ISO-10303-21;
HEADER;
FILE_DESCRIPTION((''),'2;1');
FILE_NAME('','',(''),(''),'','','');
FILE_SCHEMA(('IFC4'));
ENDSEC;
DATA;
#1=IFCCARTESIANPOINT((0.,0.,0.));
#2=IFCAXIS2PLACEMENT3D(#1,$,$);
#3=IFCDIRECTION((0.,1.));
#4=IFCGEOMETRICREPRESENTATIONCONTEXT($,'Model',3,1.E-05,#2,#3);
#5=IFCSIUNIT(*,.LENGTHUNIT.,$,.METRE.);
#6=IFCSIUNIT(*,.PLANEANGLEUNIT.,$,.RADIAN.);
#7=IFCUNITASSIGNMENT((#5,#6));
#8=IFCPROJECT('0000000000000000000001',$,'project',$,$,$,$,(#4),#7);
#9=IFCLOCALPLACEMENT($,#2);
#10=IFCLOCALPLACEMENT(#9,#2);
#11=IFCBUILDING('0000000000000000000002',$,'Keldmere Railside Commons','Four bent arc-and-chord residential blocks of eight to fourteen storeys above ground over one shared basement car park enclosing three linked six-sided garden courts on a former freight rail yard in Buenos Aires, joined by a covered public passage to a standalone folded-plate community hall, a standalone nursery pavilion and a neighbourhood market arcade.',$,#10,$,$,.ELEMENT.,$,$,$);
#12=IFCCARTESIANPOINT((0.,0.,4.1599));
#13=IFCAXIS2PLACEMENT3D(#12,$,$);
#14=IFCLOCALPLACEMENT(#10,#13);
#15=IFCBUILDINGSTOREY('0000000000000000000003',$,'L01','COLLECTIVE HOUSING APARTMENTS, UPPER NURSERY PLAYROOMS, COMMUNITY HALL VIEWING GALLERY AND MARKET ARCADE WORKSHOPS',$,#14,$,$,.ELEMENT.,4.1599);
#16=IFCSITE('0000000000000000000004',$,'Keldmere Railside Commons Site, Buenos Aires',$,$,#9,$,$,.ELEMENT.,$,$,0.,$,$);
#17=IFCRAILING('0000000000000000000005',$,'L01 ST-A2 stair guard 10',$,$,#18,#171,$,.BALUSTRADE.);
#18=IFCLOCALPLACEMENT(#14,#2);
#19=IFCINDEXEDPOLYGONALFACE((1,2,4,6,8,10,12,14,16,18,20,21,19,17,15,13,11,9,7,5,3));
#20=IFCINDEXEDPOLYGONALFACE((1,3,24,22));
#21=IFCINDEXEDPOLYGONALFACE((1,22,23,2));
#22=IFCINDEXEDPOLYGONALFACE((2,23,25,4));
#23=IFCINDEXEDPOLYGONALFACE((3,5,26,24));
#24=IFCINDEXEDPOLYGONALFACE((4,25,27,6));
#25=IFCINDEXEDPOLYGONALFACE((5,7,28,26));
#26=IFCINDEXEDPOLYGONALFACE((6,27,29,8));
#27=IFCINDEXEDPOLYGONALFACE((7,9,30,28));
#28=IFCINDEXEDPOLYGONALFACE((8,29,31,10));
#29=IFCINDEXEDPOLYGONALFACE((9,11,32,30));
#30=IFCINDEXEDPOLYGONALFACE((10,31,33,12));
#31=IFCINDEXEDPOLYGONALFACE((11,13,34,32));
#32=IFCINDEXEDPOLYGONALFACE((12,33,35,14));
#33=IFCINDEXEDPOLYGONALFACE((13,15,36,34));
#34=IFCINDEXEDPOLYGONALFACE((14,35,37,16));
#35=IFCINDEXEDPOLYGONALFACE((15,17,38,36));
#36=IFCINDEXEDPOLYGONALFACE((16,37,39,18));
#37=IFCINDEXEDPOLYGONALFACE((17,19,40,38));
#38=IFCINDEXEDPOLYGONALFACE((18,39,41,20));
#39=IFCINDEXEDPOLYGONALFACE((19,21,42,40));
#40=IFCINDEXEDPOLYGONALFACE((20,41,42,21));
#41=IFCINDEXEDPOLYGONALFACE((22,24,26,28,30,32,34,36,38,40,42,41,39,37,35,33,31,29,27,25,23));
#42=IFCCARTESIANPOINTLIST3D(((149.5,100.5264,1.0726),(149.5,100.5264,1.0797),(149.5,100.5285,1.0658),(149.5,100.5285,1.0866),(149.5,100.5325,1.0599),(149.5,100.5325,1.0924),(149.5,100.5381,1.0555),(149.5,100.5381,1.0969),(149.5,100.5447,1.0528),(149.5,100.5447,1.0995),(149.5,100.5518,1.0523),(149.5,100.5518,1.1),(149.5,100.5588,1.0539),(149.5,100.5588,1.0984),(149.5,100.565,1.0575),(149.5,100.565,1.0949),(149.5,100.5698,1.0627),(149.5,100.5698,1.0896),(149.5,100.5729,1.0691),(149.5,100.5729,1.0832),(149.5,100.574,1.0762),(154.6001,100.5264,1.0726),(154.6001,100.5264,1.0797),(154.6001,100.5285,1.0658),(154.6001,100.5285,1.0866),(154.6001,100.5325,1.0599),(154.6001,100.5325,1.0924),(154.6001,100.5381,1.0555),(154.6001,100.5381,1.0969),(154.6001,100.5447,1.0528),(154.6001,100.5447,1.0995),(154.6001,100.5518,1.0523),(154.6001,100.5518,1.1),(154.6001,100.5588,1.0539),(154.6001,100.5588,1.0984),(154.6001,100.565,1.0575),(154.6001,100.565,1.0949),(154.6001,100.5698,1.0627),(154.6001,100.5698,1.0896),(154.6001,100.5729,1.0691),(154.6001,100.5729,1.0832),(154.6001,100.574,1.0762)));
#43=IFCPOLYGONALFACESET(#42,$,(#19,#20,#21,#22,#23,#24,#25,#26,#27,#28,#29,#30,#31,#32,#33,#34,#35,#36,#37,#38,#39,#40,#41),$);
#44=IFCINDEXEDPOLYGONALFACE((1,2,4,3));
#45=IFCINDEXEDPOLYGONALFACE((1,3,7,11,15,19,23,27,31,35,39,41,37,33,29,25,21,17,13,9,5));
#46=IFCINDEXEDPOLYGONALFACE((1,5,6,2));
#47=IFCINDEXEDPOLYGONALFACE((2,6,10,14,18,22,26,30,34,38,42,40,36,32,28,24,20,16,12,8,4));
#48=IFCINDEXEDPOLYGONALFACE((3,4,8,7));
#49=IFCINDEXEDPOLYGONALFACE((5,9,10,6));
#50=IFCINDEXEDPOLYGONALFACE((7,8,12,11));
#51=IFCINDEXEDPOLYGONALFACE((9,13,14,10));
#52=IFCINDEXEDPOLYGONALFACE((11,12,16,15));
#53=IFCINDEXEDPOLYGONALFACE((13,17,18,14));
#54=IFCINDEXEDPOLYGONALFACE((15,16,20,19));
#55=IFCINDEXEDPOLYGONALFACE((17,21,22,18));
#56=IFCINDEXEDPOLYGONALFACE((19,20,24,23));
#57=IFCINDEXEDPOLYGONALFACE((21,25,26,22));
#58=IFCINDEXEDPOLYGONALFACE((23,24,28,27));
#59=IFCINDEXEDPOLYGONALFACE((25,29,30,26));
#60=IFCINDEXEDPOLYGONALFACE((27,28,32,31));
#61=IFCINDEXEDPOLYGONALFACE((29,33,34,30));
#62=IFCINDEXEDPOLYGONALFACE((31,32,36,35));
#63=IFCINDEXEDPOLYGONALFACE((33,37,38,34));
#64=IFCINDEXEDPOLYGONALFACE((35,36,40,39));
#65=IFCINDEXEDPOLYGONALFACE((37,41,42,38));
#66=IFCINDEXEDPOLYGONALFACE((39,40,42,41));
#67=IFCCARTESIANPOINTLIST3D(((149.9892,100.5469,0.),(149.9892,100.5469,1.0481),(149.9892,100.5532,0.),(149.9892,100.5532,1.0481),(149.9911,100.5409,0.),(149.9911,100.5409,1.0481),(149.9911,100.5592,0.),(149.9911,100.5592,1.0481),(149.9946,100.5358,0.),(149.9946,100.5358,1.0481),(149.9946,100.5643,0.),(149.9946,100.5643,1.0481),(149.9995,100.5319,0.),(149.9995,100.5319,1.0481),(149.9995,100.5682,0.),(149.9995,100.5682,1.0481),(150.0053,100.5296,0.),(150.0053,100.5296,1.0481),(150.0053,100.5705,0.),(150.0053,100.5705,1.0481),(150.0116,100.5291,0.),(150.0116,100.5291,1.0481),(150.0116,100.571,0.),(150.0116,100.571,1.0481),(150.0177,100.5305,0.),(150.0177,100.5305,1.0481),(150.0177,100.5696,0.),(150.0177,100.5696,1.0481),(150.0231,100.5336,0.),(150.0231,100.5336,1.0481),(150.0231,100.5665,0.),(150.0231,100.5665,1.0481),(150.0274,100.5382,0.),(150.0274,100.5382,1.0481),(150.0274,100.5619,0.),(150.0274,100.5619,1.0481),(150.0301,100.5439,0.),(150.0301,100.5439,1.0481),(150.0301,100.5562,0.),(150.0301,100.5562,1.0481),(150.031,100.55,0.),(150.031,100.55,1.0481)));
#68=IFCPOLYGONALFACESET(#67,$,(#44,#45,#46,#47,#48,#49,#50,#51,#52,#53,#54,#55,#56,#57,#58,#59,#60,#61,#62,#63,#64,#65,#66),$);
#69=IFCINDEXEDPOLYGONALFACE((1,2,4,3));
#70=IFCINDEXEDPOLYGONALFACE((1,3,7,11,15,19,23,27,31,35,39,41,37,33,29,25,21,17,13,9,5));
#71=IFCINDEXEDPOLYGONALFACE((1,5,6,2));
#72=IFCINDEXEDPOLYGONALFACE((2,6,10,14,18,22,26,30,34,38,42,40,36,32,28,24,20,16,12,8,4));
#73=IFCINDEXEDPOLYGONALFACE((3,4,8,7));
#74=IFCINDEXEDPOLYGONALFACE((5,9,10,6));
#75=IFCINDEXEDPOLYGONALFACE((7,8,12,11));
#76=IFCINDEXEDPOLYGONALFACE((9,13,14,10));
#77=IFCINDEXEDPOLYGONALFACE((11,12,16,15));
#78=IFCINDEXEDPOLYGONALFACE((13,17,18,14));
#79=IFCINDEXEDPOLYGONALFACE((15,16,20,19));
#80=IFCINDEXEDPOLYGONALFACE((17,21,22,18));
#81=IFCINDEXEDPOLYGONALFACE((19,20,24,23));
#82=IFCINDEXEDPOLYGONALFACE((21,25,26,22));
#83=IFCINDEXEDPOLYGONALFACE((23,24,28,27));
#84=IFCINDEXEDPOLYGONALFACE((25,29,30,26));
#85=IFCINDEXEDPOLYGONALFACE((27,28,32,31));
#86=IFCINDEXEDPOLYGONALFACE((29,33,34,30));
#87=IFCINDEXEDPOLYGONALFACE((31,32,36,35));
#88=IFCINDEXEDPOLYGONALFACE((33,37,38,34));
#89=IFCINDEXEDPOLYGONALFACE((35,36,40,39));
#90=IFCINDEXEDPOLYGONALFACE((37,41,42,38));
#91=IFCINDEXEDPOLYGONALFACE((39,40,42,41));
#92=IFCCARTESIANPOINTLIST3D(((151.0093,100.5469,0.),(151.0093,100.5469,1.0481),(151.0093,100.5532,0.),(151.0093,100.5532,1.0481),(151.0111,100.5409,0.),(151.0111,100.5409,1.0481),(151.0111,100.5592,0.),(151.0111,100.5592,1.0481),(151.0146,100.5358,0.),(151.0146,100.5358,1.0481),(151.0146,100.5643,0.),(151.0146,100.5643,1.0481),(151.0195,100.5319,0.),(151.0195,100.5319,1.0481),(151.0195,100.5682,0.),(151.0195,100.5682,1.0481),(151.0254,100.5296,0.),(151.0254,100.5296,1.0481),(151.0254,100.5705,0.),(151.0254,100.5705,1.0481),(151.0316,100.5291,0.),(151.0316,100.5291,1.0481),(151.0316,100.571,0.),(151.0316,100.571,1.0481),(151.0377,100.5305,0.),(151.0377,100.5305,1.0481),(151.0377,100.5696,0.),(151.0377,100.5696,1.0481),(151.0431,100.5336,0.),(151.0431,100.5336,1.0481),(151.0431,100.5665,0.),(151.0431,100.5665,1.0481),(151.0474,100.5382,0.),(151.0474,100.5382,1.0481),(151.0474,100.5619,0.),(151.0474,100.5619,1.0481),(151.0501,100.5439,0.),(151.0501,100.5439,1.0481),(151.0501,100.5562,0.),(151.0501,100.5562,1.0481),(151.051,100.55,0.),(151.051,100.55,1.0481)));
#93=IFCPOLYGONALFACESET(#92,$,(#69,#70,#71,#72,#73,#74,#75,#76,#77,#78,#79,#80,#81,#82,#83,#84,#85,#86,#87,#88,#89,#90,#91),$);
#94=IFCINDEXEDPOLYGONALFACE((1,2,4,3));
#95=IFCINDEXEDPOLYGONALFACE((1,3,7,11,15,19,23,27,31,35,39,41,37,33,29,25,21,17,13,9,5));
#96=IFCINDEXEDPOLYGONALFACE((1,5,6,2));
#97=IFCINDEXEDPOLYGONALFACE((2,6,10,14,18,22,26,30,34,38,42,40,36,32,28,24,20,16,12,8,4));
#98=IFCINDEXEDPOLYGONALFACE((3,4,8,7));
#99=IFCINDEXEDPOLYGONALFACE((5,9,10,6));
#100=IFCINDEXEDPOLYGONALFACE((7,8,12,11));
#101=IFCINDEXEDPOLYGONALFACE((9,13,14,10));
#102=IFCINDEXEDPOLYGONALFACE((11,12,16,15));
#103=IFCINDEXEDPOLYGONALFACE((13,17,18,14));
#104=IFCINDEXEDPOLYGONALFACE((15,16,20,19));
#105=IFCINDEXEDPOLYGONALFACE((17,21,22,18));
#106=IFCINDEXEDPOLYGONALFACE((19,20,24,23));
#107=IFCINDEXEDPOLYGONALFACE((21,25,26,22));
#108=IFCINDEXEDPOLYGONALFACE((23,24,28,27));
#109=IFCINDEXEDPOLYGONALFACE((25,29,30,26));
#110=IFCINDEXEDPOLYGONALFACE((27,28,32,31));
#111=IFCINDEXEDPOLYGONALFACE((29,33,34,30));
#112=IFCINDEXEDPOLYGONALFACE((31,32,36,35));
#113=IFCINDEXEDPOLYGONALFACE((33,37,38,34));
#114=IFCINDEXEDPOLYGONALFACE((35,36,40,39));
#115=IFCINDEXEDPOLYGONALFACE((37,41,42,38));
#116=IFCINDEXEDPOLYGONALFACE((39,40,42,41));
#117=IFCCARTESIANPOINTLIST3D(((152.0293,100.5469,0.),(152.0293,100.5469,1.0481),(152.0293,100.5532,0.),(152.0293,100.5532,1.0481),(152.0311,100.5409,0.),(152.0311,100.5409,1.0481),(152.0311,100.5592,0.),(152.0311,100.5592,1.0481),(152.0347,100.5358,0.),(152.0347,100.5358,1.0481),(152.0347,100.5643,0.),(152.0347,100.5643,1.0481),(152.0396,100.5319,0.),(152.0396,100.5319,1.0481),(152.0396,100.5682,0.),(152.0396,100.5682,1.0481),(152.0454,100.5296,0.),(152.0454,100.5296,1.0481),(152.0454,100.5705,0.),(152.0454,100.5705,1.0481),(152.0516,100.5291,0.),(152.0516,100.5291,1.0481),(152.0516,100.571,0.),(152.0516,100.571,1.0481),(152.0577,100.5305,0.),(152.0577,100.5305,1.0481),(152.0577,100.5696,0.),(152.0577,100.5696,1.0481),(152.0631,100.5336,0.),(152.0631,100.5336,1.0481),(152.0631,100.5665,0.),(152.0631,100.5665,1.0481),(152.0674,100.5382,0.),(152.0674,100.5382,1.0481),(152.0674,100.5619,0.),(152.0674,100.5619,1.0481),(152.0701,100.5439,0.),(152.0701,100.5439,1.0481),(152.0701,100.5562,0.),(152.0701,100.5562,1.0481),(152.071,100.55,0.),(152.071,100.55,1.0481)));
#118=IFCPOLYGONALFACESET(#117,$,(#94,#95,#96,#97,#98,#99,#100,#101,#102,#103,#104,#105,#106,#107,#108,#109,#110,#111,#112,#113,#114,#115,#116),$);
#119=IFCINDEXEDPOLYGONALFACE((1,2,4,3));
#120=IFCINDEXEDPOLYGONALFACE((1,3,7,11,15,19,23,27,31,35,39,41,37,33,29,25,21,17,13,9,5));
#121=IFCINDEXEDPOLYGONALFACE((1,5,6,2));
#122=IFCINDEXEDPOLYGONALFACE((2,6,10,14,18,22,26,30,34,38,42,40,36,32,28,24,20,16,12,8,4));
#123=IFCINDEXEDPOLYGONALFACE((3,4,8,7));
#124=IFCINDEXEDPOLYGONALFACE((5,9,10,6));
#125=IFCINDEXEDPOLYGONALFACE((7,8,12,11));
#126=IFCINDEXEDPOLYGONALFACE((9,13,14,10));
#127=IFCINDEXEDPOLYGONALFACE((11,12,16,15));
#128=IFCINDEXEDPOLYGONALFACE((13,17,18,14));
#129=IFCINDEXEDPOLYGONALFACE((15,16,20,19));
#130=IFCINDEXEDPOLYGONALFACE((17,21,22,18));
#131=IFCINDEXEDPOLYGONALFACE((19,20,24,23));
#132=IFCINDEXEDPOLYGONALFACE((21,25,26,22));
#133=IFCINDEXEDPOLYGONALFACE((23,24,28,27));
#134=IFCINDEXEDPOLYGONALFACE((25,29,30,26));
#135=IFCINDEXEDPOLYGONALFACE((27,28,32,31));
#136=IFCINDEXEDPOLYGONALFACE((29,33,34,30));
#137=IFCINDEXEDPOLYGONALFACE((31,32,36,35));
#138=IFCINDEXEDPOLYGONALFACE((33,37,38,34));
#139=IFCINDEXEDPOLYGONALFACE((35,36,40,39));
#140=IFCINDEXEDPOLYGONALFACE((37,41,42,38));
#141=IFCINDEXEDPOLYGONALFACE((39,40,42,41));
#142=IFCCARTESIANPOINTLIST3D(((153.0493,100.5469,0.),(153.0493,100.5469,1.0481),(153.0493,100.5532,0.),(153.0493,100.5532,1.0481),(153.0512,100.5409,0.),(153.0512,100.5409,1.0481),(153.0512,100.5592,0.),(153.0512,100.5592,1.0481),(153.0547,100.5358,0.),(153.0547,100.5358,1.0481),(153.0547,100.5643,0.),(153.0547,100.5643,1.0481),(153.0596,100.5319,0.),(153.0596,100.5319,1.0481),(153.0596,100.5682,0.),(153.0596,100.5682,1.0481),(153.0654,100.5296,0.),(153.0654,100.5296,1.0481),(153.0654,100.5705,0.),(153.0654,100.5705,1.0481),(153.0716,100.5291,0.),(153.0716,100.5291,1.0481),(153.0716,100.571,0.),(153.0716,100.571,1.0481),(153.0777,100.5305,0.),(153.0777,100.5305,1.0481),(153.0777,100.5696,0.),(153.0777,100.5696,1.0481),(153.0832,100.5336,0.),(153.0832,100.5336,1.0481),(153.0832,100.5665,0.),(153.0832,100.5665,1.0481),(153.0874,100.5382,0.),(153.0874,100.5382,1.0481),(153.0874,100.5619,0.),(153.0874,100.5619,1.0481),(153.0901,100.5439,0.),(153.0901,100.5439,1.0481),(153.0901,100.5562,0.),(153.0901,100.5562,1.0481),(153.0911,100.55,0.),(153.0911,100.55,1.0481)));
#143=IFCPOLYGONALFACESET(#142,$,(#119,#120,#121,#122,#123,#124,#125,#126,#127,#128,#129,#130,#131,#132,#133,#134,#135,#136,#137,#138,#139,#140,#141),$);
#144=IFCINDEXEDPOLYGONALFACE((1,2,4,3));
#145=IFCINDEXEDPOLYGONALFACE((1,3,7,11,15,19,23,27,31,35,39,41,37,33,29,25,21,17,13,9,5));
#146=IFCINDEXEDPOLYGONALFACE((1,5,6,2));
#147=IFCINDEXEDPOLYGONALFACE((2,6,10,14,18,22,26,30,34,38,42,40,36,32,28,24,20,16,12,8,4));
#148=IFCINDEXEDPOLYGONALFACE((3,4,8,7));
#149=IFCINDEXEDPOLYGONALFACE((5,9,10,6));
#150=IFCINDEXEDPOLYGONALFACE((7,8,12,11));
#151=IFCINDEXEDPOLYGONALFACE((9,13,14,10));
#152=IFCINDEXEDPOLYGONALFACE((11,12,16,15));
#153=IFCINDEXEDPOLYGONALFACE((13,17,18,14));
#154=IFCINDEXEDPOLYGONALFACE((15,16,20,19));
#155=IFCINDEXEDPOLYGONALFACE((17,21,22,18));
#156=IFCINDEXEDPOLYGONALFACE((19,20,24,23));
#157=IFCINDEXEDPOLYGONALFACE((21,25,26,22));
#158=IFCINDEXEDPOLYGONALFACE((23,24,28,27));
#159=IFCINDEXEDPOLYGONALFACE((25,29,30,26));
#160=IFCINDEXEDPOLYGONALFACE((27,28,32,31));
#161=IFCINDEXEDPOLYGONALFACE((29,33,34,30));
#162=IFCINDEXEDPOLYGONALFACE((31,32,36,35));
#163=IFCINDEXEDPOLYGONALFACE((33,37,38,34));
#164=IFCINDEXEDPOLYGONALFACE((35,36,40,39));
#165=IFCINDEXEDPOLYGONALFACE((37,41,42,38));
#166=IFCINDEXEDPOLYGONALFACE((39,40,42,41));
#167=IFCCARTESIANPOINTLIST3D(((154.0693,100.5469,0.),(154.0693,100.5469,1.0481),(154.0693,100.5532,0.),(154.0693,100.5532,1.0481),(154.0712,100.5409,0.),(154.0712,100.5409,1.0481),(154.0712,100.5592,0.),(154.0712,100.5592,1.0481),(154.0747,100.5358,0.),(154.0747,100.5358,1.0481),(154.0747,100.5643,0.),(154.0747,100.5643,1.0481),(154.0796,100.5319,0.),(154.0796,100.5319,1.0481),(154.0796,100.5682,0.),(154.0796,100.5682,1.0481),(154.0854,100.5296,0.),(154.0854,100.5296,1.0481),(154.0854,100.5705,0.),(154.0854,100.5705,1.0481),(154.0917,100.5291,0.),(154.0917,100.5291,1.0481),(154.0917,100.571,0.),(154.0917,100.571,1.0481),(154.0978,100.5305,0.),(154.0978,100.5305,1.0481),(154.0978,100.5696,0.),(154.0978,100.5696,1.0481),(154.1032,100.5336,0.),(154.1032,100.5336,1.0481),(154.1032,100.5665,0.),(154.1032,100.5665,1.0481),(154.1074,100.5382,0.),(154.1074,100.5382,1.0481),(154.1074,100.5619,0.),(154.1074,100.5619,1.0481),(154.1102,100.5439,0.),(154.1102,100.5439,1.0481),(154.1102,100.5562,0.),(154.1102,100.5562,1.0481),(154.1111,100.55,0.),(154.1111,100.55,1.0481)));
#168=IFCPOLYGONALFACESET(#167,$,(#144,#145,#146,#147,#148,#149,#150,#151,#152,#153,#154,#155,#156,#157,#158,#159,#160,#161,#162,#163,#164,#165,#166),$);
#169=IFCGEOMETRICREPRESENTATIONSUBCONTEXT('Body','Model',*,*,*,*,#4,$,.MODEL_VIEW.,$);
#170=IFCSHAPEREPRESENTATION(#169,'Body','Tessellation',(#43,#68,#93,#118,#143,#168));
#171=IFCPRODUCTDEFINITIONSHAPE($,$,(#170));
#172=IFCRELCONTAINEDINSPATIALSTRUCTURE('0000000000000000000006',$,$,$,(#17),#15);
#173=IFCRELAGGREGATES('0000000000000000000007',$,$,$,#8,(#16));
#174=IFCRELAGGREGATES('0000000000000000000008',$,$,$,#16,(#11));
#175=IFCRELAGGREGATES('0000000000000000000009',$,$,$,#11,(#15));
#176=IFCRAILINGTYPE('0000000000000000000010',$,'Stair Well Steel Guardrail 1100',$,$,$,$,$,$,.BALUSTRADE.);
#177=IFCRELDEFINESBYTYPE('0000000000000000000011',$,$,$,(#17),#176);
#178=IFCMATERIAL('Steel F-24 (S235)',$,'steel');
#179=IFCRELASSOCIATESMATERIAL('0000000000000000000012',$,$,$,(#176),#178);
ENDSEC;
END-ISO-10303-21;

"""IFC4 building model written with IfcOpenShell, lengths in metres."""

from ifc_helpers import new_model, si_unit, direction, frame, origin, origin_2d, place, context, subcontext, project, spatial, circle, extrude, material, type_object, element, save


model = new_model("IFC4")

# Units and contexts
model_context = context("Model", 3, precision=1e-05, world=origin(), true_north=direction((0.0, 1.0)))
body_context = subcontext(model_context, "Body", "Model", "MODEL_VIEW")
ifc_project = project(units=[si_unit("LENGTHUNIT", "METRE"), si_unit("PLANEANGLEUNIT", "RADIAN")], contexts=[model_context])

# Site, building, storey
site_placement = place(None, origin())
site = spatial("IfcSite", under=ifc_project, at=site_placement, Name="Keldmere Railside Commons Site, Buenos Aires", CompositionType="ELEMENT", RefElevation=0.0)
building_placement = place(site_placement, origin())
building = spatial("IfcBuilding", under=site, at=building_placement, Name="Keldmere Railside Commons", Description="Four bent arc-and-chord residential blocks of eight to fourteen storeys above ground over one shared basement car park enclosing three linked six-sided garden courts on a former freight rail yard in Buenos Aires, joined by a covered public passage to a standalone folded-plate community hall, a standalone nursery pavilion and a neighbourhood market arcade.", CompositionType="ELEMENT")
storey_placement = place(building_placement, frame((0.0, 0.0, 4.1599)))
storey = spatial("IfcBuildingStorey", under=building, at=storey_placement, Name="L01", Description="COLLECTIVE HOUSING APARTMENTS, UPPER NURSERY PLAYROOMS, COMMUNITY HALL VIEWING GALLERY AND MARKET ARCADE WORKSHOPS", CompositionType="ELEMENT", Elevation=4.1599)

# Railing
ifc_material_1 = material(Name="Steel F-24 (S235)", Category="steel")
railing_type_1 = type_object("IfcRailingType", Name="Stair Well Steel Guardrail 1100", PredefinedType="BALUSTRADE", material=ifc_material_1)
for number, where, name in (
    (1, (149.5, 100.55, 0.0), "L01 ST-A2 stair guard 10"),
):
    element("IfcRailing", number, at=place(storey_placement, frame(where)), inside=storey, type_object=railing_type_1, Name=name, PredefinedType="BALUSTRADE", context=body_context, shape_type="SweptSolid", body=[
        extrude(circle(Radius=0.0239, at=origin_2d()), frame((0.0, 0.0, 1.0762), z_axis=(1.0, 0.0, 0.0), x_axis=(0.0, 1.0, 0.0)), (0.0, 0.0, 1.0), 5.1001),
        extrude(circle(Radius=0.021, at=origin_2d()), frame((0.51, 0.0, 0.0)), (0.0, 0.0, 1.0), 1.0481),
        extrude(circle(Radius=0.021, at=origin_2d()), frame((1.53, 0.0, 0.0)), (0.0, 0.0, 1.0), 1.0481),
        extrude(circle(Radius=0.021, at=origin_2d()), frame((2.55, 0.0, 0.0)), (0.0, 0.0, 1.0), 1.0481),
        extrude(circle(Radius=0.021, at=origin_2d()), frame((3.5701, 0.0, 0.0)), (0.0, 0.0, 1.0), 1.0481),
        extrude(circle(Radius=0.021, at=origin_2d()), frame((4.5901, 0.0, 0.0)), (0.0, 0.0, 1.0), 1.0481),
    ])

save(model, "model.ifc")
